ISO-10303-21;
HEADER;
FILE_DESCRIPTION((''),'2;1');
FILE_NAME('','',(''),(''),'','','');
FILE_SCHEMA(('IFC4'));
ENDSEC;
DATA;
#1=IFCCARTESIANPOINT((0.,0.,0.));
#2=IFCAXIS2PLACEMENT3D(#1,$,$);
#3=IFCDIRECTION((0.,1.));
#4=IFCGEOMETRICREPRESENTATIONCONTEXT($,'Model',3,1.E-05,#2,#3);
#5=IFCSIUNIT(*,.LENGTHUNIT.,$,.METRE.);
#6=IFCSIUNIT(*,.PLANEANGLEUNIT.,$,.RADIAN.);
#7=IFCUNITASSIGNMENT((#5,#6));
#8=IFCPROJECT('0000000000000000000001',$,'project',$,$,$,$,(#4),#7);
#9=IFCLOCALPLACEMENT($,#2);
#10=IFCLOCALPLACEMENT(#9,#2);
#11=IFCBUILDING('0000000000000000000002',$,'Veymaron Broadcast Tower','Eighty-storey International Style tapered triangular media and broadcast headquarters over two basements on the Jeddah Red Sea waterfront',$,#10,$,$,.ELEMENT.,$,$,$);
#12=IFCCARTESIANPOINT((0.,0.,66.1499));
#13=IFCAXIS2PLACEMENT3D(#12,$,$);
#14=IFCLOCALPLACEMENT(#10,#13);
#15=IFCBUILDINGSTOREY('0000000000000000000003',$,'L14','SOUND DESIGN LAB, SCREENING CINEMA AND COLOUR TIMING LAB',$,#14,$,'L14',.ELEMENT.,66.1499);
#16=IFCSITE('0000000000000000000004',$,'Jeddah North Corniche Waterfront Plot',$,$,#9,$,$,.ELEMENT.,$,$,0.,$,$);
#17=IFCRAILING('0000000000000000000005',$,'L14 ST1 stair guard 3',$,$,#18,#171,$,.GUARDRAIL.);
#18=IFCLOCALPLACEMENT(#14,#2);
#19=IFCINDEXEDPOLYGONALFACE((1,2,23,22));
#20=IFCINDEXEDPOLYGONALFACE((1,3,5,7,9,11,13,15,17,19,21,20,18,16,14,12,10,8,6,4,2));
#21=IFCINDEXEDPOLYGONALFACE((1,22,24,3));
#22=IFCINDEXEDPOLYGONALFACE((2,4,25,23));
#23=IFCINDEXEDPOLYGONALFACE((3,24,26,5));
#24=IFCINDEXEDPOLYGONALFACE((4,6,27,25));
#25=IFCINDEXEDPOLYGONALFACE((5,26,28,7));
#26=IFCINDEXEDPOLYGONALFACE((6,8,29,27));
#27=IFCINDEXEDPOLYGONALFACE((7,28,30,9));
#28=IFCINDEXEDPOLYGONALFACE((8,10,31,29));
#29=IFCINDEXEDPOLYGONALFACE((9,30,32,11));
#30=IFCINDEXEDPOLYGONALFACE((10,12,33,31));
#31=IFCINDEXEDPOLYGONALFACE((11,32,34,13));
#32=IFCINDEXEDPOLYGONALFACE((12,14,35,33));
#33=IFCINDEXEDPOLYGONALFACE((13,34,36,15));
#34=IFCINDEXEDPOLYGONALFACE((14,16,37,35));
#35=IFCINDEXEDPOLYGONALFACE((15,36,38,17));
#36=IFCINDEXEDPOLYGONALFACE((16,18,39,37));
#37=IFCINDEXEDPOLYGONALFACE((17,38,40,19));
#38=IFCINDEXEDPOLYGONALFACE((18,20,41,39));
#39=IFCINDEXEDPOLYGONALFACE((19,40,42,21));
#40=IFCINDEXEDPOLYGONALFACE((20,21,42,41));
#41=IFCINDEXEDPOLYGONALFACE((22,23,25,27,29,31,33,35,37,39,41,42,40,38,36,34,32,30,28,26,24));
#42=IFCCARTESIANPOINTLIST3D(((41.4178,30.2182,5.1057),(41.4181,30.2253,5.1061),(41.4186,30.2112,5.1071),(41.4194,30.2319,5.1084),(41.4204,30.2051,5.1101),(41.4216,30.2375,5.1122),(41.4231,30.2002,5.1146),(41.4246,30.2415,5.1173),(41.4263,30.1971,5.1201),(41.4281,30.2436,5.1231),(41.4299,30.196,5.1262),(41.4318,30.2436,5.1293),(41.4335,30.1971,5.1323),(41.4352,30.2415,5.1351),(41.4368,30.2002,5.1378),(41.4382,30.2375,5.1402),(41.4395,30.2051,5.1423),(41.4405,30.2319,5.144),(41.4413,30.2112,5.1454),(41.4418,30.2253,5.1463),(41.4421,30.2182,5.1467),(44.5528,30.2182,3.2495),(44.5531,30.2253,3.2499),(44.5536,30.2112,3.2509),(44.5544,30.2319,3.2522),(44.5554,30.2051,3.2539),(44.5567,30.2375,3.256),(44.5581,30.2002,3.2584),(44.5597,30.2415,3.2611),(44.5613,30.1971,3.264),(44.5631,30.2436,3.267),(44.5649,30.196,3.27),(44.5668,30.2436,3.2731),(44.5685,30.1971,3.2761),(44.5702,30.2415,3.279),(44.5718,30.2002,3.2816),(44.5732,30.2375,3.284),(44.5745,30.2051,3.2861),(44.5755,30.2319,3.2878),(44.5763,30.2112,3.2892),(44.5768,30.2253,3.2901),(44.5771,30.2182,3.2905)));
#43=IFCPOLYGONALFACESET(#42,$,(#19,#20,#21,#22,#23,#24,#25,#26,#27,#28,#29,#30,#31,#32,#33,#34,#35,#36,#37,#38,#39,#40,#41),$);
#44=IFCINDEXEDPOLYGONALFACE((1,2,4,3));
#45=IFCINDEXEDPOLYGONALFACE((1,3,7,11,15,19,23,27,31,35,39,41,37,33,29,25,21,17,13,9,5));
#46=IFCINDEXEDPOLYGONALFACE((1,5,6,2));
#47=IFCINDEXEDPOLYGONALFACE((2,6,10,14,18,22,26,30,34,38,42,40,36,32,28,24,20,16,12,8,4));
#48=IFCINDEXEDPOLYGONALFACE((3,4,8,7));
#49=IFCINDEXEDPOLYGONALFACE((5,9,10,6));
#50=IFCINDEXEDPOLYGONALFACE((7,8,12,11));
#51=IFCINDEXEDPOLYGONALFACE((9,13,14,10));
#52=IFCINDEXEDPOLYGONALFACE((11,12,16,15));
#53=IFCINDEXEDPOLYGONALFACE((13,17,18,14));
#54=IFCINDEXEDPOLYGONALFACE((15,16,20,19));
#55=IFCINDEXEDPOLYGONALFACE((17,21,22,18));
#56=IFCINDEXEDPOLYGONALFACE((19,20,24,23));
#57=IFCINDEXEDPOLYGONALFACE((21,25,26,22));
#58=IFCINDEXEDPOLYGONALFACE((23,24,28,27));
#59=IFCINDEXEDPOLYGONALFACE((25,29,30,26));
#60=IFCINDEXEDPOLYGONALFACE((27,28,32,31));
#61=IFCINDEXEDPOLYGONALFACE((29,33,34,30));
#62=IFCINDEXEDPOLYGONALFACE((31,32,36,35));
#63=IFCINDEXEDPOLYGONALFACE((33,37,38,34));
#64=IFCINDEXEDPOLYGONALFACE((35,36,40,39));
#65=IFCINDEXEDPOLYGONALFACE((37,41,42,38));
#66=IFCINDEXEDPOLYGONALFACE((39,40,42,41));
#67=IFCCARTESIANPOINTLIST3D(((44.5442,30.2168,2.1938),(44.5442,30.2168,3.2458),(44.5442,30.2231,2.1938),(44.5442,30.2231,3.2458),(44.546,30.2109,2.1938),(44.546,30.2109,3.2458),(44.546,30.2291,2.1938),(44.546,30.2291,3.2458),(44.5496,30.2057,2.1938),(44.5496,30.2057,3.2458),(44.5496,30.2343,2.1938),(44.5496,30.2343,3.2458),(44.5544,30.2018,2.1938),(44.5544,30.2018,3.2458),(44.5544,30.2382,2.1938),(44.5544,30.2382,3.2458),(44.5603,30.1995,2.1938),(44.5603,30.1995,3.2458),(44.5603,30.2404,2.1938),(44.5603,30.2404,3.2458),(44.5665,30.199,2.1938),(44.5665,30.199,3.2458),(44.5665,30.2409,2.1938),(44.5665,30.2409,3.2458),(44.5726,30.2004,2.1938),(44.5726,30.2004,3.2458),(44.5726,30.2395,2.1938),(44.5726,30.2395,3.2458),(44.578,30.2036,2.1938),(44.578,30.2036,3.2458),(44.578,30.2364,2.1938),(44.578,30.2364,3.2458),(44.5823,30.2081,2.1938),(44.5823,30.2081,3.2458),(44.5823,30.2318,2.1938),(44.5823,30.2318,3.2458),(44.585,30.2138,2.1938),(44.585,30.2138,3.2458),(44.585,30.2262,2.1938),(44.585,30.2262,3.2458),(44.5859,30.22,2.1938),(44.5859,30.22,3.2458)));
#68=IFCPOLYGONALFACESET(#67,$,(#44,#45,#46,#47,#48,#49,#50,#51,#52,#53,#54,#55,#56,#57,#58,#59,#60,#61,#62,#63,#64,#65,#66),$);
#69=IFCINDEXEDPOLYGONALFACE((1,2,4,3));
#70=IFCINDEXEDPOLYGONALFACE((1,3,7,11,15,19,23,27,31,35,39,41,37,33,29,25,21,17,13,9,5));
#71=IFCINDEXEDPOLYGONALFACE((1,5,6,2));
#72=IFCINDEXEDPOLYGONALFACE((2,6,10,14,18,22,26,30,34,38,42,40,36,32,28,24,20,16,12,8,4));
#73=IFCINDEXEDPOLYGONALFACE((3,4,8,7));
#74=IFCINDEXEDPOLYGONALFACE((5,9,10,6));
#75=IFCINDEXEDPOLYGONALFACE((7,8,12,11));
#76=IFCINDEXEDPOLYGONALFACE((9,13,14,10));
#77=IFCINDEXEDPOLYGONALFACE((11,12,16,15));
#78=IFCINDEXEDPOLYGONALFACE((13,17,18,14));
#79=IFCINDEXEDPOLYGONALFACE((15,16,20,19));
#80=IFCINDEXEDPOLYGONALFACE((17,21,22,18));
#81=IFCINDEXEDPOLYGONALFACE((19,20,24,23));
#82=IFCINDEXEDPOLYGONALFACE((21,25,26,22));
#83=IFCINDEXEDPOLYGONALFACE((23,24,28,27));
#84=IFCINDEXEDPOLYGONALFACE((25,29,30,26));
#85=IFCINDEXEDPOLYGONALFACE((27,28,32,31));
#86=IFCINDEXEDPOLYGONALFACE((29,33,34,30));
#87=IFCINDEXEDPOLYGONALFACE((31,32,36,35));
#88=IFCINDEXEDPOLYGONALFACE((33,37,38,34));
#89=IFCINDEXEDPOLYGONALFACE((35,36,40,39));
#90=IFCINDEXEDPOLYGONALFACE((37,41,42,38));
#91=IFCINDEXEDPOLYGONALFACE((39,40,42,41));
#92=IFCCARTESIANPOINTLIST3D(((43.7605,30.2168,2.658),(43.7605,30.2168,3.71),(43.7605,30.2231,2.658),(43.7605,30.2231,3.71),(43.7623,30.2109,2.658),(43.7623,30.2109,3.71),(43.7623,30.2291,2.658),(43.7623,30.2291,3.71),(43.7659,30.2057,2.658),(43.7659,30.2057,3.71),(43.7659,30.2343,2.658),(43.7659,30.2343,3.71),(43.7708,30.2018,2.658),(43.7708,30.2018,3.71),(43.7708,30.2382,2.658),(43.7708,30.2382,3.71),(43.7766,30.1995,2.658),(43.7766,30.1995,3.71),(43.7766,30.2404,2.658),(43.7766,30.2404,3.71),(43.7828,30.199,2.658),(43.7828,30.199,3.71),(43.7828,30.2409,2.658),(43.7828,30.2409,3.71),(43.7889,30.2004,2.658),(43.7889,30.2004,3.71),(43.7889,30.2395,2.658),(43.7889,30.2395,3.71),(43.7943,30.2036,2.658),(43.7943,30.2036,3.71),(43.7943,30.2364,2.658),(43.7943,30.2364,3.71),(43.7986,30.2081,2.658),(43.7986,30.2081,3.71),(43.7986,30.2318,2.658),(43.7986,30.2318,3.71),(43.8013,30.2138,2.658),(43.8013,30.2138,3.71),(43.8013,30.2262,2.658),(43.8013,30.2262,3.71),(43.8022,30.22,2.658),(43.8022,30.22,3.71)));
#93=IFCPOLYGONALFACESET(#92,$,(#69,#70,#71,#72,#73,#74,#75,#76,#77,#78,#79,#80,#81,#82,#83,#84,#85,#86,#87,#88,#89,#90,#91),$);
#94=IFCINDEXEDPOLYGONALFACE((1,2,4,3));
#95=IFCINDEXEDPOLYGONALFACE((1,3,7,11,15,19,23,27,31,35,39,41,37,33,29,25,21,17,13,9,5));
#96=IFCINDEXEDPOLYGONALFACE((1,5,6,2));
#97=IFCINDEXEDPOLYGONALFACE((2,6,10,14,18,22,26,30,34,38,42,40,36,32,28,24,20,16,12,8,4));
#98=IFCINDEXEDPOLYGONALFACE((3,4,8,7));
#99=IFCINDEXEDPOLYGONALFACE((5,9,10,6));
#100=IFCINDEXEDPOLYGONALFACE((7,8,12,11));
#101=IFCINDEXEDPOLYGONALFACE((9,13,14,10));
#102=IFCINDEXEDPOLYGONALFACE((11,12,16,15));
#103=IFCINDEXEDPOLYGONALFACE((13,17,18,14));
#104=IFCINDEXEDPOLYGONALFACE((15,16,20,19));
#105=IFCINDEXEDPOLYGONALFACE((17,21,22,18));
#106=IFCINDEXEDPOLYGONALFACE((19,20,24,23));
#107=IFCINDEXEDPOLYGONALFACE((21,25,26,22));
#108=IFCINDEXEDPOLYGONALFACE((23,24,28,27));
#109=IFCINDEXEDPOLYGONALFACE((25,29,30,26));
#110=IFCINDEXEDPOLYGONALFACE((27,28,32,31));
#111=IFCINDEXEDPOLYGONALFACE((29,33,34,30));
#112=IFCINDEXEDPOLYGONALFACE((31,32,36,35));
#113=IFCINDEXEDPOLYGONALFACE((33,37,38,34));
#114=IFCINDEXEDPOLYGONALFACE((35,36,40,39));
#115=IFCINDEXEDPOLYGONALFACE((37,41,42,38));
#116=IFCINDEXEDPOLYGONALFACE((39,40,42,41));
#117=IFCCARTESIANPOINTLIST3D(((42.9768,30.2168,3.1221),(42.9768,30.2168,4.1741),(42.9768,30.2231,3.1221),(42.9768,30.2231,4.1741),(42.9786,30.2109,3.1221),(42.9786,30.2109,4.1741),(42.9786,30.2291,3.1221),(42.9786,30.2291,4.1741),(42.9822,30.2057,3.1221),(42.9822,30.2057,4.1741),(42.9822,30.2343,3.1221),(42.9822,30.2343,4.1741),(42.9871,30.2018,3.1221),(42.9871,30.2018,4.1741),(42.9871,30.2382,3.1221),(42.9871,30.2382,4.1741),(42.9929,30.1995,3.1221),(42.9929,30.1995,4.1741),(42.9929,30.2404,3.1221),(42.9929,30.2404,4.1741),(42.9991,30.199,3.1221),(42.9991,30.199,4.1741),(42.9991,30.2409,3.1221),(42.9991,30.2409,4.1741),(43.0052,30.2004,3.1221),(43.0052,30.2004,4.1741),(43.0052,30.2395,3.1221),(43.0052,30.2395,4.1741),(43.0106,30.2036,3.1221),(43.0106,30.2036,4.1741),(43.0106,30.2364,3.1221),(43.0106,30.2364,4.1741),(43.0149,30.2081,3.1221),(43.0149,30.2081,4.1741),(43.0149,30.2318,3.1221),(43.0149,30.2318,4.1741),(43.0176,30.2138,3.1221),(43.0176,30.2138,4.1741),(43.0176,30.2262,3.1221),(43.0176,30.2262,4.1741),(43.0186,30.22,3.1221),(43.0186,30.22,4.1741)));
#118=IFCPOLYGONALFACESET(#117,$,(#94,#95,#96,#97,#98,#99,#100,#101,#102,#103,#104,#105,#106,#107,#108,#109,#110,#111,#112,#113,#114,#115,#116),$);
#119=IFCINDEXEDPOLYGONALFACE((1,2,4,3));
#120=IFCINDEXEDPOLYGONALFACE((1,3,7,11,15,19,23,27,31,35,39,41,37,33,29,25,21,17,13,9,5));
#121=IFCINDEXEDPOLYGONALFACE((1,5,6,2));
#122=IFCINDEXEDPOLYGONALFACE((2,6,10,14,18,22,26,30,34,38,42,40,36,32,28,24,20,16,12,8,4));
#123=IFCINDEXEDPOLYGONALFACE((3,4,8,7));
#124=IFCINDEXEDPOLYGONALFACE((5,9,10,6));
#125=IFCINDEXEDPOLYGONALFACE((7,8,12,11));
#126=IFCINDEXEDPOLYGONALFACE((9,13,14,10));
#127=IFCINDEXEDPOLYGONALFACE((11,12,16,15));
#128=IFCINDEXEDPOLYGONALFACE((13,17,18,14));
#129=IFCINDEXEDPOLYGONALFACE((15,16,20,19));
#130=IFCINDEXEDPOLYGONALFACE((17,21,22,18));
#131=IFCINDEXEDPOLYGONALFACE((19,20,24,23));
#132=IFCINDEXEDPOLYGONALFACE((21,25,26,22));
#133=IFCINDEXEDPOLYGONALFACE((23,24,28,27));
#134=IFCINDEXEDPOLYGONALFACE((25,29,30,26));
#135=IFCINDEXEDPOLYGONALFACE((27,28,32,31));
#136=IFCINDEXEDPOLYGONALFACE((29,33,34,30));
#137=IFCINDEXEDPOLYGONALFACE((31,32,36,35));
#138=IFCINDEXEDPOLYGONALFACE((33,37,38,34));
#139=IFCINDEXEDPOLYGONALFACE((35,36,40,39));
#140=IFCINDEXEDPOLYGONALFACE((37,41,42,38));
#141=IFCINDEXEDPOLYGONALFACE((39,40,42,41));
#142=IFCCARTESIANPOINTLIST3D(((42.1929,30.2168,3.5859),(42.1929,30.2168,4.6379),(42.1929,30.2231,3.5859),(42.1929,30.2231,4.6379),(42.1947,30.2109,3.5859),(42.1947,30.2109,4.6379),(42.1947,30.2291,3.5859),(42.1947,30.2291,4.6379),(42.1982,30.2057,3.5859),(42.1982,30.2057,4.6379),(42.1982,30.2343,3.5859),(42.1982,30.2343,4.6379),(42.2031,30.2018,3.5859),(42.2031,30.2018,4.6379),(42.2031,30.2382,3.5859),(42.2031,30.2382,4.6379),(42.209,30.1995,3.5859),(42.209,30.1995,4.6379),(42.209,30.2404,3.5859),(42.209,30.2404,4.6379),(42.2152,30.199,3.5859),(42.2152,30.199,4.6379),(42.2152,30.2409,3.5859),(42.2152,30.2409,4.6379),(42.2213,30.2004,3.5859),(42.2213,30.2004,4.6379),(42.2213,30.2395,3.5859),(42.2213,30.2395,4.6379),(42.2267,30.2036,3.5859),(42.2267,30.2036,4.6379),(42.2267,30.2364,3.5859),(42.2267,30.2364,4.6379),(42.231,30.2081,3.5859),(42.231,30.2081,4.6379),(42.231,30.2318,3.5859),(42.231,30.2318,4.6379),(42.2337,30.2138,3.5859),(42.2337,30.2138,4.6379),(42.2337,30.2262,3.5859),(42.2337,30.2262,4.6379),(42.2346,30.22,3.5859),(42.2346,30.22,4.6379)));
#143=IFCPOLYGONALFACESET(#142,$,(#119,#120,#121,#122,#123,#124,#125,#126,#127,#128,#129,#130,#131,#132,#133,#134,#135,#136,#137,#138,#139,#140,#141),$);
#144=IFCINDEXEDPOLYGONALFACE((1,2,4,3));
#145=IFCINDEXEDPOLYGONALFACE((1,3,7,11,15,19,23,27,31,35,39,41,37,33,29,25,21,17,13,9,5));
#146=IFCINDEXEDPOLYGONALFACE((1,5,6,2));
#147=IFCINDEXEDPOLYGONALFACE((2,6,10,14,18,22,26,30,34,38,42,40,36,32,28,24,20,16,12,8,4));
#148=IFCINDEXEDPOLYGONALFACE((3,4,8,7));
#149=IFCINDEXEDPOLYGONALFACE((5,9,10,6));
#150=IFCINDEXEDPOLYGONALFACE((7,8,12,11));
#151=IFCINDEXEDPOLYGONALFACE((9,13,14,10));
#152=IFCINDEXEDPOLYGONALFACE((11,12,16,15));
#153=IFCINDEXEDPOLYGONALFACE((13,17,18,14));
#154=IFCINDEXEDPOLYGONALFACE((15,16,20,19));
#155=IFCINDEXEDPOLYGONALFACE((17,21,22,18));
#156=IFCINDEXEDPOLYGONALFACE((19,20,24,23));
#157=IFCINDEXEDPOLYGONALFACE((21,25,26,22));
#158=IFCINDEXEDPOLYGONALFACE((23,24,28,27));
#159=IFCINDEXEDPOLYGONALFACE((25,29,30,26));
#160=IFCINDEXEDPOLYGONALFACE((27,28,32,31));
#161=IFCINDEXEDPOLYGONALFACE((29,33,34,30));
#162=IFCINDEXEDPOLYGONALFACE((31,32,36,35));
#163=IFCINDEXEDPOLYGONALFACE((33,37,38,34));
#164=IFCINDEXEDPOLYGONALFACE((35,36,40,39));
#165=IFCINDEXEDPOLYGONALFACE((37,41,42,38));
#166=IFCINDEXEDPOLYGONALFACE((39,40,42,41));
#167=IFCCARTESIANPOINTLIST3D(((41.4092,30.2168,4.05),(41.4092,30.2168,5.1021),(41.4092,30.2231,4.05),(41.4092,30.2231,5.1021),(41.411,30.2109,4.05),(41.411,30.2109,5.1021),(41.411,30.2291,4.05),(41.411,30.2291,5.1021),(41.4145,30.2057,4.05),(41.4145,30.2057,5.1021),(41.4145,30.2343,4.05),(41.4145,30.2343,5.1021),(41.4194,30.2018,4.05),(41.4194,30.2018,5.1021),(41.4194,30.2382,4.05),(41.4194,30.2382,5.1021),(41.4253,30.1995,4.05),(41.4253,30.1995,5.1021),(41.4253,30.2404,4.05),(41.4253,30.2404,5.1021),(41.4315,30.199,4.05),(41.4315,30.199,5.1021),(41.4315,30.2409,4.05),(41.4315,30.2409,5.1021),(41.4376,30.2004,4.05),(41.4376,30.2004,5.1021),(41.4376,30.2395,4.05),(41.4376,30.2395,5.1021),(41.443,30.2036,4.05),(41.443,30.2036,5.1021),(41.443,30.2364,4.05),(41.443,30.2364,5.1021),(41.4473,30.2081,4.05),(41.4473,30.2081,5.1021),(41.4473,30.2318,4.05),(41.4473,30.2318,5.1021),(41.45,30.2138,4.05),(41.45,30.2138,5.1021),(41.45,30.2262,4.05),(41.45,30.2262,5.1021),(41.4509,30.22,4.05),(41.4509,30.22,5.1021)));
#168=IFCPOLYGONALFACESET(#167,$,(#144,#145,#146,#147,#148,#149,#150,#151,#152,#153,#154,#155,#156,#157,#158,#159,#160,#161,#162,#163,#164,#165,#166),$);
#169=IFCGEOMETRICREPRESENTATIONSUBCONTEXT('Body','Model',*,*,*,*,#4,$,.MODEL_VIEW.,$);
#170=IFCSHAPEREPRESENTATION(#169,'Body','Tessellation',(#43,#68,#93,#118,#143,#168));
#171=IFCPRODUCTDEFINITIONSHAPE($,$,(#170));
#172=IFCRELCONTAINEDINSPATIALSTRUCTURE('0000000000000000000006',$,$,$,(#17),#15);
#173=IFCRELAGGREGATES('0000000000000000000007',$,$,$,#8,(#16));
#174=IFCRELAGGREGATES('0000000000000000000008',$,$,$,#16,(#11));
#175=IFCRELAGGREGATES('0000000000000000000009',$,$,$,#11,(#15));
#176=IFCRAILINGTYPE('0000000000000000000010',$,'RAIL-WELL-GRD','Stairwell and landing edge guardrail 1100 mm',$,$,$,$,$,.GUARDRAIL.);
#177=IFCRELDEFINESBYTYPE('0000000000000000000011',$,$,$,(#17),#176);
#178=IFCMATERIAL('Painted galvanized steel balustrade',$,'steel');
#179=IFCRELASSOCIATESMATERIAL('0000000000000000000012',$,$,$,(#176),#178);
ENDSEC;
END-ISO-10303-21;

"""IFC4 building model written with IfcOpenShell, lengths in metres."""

from ifc_helpers import new_model, si_unit, direction, frame, origin, origin_2d, place, context, subcontext, project, spatial, circle, extrude, material, type_object, element, save


model = new_model("IFC4")

# Units and contexts
model_context = context("Model", 3, precision=1e-05, world=origin(), true_north=direction((0.0, 1.0)))
body_context = subcontext(model_context, "Body", "Model", "MODEL_VIEW")
ifc_project = project(units=[si_unit("LENGTHUNIT", "METRE"), si_unit("PLANEANGLEUNIT", "RADIAN")], contexts=[model_context])

# Site, building, storey
site_placement = place(None, origin())
site = spatial("IfcSite", under=ifc_project, at=site_placement, Name="Jeddah North Corniche Waterfront Plot", CompositionType="ELEMENT", RefElevation=0.0)
building_placement = place(site_placement, origin())
building = spatial("IfcBuilding", under=site, at=building_placement, Name="Veymaron Broadcast Tower", Description="Eighty-storey International Style tapered triangular media and broadcast headquarters over two basements on the Jeddah Red Sea waterfront", CompositionType="ELEMENT")
storey_placement = place(building_placement, frame((0.0, 0.0, 66.1499)))
storey = spatial("IfcBuildingStorey", under=building, at=storey_placement, Name="L14", Description="SOUND DESIGN LAB, SCREENING CINEMA AND COLOUR TIMING LAB", LongName="L14", CompositionType="ELEMENT", Elevation=66.1499)

# Railing
ifc_material_1 = material(Name="Painted galvanized steel balustrade", Category="steel")
railing_type_1 = type_object("IfcRailingType", Name="RAIL-WELL-GRD", Description="Stairwell and landing edge guardrail 1100 mm", PredefinedType="GUARDRAIL", material=ifc_material_1)
railing_1_placement = place(storey_placement, frame((44.5649, 30.22, 2.1938)))
element("IfcRailing", 1, at=railing_1_placement, inside=storey, type_object=railing_type_1, Name="L14 ST1 stair guard 3", PredefinedType="GUARDRAIL", context=body_context, shape_type="SweptSolid", body=[
    extrude(circle(Radius=0.0239, at=origin_2d()), frame((0.0, 0.0, 1.0762), z_axis=(-0.860482, 0.0, 0.509481), x_axis=(0.0, -1.0, 0.0)), (0.0, 0.0, 1.0), 3.6433),
    extrude(circle(Radius=0.021, at=origin_2d()), origin(), (0.0, 0.0, 1.0), 1.052),
    extrude(circle(Radius=0.021, at=origin_2d()), frame((-0.7837, 0.0, 0.4641)), (0.0, 0.0, 1.0), 1.052),
    extrude(circle(Radius=0.021, at=origin_2d()), frame((-1.5674, 0.0, 0.9282)), (0.0, 0.0, 1.0), 1.052),
    extrude(circle(Radius=0.021, at=origin_2d()), frame((-2.3513, 0.0, 1.3921)), (0.0, 0.0, 1.0), 1.052),
    extrude(circle(Radius=0.021, at=origin_2d()), frame((-3.135, 0.0, 1.8562)), (0.0, 0.0, 1.0), 1.052),
])

save(model, "model.ifc")
